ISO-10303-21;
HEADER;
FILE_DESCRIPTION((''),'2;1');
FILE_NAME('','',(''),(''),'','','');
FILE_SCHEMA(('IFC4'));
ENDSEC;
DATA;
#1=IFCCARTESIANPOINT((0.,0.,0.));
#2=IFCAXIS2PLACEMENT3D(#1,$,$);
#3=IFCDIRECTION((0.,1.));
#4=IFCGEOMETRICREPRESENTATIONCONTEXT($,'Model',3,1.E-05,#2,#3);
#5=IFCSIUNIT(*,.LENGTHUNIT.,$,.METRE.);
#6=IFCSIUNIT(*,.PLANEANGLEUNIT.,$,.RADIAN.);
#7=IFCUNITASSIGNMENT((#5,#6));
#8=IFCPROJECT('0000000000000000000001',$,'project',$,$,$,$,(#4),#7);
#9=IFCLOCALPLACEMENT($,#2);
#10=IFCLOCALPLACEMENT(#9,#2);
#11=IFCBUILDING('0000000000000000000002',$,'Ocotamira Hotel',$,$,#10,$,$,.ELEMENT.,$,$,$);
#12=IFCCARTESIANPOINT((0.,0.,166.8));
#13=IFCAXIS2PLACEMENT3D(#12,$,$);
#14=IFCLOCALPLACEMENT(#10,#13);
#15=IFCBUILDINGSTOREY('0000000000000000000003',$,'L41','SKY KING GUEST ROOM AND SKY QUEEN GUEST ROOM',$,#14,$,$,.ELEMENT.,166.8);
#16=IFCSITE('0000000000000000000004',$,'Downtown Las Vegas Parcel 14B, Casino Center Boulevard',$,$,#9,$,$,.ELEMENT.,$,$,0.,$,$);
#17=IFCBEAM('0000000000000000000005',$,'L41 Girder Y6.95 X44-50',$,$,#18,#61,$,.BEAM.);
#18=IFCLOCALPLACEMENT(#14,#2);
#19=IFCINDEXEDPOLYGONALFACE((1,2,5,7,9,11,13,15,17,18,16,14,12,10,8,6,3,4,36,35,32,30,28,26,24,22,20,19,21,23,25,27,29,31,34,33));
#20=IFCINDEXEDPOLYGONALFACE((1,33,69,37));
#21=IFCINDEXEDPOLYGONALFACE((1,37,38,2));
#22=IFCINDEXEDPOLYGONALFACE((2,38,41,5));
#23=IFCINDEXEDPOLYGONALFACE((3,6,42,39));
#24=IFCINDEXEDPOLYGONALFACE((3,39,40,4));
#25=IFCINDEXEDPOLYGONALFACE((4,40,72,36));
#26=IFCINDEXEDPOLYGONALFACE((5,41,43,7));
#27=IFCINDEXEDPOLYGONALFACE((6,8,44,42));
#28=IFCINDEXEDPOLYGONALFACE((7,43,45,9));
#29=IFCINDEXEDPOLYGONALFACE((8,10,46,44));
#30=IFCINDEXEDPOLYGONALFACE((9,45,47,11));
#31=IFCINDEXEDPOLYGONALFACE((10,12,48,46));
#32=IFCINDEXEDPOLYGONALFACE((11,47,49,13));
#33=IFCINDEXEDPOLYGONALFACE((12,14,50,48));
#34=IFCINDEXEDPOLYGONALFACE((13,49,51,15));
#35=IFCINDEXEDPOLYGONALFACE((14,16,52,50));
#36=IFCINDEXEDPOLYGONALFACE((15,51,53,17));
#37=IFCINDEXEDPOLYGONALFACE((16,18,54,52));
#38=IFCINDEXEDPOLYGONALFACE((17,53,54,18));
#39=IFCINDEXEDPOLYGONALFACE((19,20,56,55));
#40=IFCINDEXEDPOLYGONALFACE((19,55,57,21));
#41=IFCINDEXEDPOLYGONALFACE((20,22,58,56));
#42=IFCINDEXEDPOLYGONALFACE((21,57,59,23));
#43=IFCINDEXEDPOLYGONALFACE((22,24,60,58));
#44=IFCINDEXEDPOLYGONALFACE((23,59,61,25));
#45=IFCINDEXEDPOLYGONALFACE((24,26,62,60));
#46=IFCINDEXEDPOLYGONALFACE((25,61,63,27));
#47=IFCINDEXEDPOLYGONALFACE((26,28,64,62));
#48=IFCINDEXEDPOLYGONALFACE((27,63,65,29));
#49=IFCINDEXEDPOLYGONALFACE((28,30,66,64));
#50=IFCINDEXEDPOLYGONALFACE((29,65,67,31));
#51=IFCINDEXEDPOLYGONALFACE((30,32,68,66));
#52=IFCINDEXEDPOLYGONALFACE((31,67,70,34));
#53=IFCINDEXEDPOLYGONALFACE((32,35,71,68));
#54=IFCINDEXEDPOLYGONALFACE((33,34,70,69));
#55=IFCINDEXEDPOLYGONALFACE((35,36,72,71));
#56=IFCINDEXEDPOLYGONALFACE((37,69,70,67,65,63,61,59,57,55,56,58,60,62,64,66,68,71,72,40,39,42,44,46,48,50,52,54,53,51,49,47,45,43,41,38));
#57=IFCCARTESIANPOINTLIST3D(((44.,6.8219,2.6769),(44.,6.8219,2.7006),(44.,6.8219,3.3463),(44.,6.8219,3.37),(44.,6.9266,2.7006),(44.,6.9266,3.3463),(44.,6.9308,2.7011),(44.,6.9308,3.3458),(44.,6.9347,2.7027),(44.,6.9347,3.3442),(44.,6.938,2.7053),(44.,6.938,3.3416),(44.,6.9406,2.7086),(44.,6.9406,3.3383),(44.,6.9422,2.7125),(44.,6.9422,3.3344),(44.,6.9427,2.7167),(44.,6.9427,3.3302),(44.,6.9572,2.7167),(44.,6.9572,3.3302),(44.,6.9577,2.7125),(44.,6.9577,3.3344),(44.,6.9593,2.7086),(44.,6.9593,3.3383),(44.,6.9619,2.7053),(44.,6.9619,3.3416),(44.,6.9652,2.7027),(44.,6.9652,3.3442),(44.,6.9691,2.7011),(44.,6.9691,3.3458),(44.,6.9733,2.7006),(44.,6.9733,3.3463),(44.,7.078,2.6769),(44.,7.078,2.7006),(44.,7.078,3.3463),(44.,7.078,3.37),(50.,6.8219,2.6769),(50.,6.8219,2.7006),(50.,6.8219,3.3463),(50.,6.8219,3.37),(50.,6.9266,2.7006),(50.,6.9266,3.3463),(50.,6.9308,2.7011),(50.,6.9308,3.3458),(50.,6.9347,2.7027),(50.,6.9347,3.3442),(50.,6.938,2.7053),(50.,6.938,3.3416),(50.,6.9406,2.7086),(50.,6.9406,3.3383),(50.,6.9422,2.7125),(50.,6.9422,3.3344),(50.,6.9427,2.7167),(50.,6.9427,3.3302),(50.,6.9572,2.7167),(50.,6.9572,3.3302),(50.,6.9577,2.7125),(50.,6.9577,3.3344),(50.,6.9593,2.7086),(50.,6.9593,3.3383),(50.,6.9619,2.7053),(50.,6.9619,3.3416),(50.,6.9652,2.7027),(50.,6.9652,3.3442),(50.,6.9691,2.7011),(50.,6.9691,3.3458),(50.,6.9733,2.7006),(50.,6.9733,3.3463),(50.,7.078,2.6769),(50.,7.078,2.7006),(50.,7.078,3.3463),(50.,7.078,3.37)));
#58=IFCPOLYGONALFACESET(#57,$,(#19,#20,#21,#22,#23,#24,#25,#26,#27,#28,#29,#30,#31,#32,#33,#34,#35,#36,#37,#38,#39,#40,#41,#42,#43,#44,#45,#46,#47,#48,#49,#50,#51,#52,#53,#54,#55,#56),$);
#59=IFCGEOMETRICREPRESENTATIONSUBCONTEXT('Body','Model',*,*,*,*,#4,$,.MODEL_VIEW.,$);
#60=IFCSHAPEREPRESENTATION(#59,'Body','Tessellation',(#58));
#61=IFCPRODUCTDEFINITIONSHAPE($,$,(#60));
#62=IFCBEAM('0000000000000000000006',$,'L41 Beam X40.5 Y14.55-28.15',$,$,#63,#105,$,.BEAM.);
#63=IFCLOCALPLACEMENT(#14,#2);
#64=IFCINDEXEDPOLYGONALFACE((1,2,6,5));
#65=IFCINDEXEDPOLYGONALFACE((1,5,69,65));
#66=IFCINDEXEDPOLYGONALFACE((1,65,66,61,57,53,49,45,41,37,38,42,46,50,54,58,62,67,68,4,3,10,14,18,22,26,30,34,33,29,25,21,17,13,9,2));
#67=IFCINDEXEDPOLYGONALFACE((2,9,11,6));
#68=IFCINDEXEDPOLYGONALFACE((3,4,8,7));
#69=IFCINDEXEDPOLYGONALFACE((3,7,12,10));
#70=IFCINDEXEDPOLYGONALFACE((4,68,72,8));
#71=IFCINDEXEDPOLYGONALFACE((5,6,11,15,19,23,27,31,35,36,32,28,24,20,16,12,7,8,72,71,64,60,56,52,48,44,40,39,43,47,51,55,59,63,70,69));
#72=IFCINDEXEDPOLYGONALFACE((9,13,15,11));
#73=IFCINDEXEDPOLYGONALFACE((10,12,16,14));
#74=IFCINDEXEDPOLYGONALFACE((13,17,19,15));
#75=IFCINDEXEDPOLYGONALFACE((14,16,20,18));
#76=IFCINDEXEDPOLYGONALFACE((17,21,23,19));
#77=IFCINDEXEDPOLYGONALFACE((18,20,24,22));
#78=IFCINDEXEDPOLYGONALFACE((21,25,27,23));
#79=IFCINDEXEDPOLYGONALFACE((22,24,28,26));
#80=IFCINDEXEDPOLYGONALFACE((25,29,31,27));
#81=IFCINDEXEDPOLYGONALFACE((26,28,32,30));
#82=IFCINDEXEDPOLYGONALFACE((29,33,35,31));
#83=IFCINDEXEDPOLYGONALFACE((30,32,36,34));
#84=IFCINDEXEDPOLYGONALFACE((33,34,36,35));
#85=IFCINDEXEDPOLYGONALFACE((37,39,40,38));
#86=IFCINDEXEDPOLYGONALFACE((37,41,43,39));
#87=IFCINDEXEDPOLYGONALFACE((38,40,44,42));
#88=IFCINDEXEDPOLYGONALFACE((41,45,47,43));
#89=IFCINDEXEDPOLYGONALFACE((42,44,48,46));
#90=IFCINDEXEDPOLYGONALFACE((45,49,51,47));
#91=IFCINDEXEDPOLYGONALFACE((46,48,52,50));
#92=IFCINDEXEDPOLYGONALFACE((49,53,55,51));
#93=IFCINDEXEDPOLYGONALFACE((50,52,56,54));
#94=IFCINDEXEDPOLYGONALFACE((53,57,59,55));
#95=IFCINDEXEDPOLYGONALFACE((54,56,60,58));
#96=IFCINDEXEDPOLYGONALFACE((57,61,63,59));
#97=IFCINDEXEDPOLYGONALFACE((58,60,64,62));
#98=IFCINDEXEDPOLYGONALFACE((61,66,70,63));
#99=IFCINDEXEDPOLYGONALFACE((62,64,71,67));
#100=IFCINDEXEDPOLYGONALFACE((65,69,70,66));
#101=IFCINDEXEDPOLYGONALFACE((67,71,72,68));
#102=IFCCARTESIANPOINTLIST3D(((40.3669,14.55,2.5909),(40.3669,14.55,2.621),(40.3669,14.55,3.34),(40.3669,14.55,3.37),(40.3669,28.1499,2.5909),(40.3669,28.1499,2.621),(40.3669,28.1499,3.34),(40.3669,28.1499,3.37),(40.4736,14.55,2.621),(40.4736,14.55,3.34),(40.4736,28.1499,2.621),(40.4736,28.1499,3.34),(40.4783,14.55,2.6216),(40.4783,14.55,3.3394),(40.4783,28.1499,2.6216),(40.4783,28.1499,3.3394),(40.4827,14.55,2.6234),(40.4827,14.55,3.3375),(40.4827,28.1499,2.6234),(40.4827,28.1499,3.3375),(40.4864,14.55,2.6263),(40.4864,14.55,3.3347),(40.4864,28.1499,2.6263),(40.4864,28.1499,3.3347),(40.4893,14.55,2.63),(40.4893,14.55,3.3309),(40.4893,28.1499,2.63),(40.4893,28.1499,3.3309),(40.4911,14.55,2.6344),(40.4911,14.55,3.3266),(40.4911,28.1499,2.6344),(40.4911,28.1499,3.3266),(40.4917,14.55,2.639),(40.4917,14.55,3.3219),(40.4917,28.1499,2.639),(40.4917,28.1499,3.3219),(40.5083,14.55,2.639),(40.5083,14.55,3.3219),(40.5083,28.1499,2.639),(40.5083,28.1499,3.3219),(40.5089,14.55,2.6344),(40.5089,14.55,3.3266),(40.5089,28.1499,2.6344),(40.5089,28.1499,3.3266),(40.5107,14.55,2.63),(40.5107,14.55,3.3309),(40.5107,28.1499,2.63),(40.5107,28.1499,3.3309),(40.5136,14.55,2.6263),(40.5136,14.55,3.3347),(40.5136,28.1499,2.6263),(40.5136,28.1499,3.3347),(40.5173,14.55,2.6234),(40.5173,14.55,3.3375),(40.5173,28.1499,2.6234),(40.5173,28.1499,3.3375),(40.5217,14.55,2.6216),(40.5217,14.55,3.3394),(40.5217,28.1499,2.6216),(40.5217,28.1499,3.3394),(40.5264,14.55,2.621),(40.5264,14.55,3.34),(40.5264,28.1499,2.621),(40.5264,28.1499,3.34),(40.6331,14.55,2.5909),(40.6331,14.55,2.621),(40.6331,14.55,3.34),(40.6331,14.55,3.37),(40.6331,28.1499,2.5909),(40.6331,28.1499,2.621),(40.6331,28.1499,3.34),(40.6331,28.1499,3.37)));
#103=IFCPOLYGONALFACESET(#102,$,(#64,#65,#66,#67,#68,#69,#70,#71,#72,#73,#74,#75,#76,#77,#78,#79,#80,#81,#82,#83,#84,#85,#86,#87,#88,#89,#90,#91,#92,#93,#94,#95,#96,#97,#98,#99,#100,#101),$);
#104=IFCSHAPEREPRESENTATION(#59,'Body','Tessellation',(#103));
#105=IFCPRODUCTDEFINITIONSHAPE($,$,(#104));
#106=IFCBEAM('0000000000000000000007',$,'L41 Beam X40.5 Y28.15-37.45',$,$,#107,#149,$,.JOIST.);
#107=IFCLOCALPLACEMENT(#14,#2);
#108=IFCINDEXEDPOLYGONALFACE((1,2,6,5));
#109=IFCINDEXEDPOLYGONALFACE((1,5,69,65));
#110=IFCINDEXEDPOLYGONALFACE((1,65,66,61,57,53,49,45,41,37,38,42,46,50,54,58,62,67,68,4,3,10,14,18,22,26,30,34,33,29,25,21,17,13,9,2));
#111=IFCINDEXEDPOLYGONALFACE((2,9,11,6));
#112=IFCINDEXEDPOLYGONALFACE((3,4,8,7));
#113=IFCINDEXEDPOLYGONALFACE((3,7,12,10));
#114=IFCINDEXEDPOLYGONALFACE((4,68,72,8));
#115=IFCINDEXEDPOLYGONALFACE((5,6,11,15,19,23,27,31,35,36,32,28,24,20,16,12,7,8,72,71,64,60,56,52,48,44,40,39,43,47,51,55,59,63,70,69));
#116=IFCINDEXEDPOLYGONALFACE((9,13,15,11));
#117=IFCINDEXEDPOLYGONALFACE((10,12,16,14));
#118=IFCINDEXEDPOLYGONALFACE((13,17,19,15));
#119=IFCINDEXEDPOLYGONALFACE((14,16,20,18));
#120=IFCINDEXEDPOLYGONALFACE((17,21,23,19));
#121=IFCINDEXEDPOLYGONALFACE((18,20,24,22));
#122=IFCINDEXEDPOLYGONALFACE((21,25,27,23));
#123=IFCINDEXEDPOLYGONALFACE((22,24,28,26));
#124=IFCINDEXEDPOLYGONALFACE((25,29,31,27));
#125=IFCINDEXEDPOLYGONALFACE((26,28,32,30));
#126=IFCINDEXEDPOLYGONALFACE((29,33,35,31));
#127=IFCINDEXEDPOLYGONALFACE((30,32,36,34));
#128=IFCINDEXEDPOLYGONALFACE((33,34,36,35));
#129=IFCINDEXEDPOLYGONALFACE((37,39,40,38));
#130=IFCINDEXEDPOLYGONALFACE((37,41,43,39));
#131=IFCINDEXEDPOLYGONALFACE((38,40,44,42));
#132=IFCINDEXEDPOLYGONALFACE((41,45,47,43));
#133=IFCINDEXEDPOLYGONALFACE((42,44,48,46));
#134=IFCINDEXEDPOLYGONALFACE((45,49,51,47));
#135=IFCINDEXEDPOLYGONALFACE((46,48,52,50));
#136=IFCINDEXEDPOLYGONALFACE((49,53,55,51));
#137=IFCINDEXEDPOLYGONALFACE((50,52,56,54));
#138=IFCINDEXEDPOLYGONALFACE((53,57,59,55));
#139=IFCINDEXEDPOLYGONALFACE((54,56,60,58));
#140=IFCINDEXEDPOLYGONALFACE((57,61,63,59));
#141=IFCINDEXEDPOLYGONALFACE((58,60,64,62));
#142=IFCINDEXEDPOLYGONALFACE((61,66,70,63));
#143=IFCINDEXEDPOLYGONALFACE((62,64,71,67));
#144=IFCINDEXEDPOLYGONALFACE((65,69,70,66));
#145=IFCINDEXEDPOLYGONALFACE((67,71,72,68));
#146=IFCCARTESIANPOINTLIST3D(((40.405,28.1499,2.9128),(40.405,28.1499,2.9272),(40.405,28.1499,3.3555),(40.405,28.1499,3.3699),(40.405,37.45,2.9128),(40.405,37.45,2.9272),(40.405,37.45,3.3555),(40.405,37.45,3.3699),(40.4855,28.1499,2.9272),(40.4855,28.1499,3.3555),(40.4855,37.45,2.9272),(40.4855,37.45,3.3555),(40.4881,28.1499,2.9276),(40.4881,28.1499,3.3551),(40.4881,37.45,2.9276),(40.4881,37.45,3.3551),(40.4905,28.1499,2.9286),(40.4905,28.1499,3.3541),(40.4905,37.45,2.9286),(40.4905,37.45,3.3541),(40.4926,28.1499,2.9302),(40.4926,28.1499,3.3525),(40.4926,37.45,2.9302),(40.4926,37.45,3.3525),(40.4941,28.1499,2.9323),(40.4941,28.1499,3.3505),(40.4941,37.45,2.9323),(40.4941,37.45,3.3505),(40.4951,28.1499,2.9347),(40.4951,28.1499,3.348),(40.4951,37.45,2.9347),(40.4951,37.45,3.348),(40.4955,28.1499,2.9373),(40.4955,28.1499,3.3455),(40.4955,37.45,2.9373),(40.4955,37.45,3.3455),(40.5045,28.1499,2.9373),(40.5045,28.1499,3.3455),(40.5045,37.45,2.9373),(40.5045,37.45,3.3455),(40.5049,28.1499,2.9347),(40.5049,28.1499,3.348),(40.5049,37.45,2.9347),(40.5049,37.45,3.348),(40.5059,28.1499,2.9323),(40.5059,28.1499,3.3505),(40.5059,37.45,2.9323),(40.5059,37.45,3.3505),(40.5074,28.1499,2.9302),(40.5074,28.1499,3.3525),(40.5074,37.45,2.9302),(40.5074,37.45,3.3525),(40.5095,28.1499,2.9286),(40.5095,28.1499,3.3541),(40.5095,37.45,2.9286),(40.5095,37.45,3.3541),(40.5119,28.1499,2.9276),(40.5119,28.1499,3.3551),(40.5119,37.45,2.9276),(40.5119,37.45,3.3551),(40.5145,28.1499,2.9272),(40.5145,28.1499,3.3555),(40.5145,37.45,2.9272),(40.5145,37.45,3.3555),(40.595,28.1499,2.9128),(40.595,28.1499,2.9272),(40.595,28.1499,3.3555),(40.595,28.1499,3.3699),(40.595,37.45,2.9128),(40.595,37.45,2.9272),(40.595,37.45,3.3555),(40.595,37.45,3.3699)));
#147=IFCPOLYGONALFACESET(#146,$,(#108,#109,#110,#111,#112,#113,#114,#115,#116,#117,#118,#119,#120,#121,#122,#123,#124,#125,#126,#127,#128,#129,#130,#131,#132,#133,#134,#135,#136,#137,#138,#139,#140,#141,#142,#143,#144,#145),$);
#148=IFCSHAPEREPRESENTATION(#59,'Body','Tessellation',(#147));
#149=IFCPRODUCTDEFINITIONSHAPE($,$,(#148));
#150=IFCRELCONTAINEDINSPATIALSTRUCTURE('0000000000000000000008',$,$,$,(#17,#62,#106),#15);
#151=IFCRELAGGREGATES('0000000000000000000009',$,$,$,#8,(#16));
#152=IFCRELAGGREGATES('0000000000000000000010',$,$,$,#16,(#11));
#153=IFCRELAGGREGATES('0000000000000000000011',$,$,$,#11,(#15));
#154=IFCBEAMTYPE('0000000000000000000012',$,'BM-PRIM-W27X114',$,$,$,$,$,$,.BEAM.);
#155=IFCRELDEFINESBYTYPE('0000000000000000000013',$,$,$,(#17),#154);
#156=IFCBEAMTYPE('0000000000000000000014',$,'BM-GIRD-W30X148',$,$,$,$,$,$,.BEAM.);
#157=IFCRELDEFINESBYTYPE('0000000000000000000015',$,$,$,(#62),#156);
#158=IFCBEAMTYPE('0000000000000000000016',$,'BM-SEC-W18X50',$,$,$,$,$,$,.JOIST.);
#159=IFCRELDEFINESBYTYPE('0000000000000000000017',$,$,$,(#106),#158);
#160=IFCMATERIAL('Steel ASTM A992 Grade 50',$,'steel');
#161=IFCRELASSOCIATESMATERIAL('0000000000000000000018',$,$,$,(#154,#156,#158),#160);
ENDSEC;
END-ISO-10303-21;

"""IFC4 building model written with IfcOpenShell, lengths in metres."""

from ifc_helpers import new_model, si_unit, direction, frame, origin, origin_2d, place, context, subcontext, project, spatial, i_section, extrude, source, transform, mapped, material, material_profile, profile_set, type_object, element, save


model = new_model("IFC4")

# Units and contexts
model_context = context("Model", 3, precision=1e-05, world=origin(), true_north=direction((0.0, 1.0)))
body_context = subcontext(model_context, "Body", "Model", "MODEL_VIEW")
ifc_project = project(units=[si_unit("LENGTHUNIT", "METRE"), si_unit("PLANEANGLEUNIT", "RADIAN")], contexts=[model_context])

# Site, building, storey
site_placement = place(None, origin())
site = spatial("IfcSite", under=ifc_project, at=site_placement, Name="Downtown Las Vegas Parcel 14B, Casino Center Boulevard", CompositionType="ELEMENT", RefElevation=0.0)
building_placement = place(site_placement, origin())
building = spatial("IfcBuilding", under=site, at=building_placement, Name="Ocotamira Hotel", CompositionType="ELEMENT")
storey_placement = place(building_placement, frame((0.0, 0.0, 166.8)))
storey = spatial("IfcBuildingStorey", under=building, at=storey_placement, Name="L41", Description="SKY KING GUEST ROOM AND SKY QUEEN GUEST ROOM", CompositionType="ELEMENT", Elevation=166.8)

# Beams
ifc_material_1 = material(Name="Steel ASTM A992 Grade 50", Category="steel")
ifc_material_profile_1 = material_profile(ifc_material_1, i_section(OverallWidth=0.2561, OverallDepth=0.6931, WebThickness=0.0144, FlangeThickness=0.0237, FilletRadius=0.0161, at=origin_2d()), Name="W27X114")
ifc_profile_set_1 = profile_set([ifc_material_profile_1], Name="Steel ASTM A992 Grade 50")
beam_type_1 = type_object("IfcBeamType", Name="BM-PRIM-W27X114", PredefinedType="BEAM", material=ifc_profile_set_1)
shared_shape_1 = source(origin(), body_context, "Body", "SweptSolid", [
    extrude(i_section(OverallWidth=0.2561, OverallDepth=0.6931, WebThickness=0.0144, FlangeThickness=0.0237, FilletRadius=0.0161, at=origin_2d()), origin(), (0.0, 0.0, 1.0), 6.0),
])
beam_1_placement = place(storey_placement, frame((44.0, 6.95, 3.0234), z_axis=(1.0, 0.0, 0.0), x_axis=(0.0, 1.0, 0.0)))
element("IfcBeam", 1, at=beam_1_placement, inside=storey, type_object=beam_type_1, Name="L41 Girder Y6.95 X44-50", PredefinedType="BEAM", context=body_context, shape_type="MappedRepresentation", body=[
    mapped(shared_shape_1, transform((0.0, 0.0, 0.0), scale=1.0)),
])
ifc_material_profile_2 = material_profile(ifc_material_1, i_section(OverallWidth=0.2661, OverallDepth=0.7791, WebThickness=0.0166, FlangeThickness=0.03, FilletRadius=0.0181, at=origin_2d()), Name="W30X148")
ifc_profile_set_2 = profile_set([ifc_material_profile_2], Name="Steel ASTM A992 Grade 50")
beam_type_2 = type_object("IfcBeamType", Name="BM-GIRD-W30X148", PredefinedType="BEAM", material=ifc_profile_set_2)
shared_shape_2 = source(origin(), body_context, "Body", "SweptSolid", [
    extrude(i_section(OverallWidth=0.2661, OverallDepth=0.7791, WebThickness=0.0166, FlangeThickness=0.03, FilletRadius=0.0181, at=origin_2d()), origin(), (0.0, 0.0, 1.0), 13.5999),
])
beam_2_placement = place(storey_placement, frame((40.5, 14.55, 2.9805), z_axis=(0.0, 1.0, 0.0), x_axis=(-1.0, 0.0, 0.0)))
element("IfcBeam", 2, at=beam_2_placement, inside=storey, type_object=beam_type_2, Name="L41 Beam X40.5 Y14.55-28.15", PredefinedType="BEAM", context=body_context, shape_type="MappedRepresentation", body=[
    mapped(shared_shape_2, transform((0.0, 0.0, 0.0), scale=1.0)),
])
ifc_material_profile_3 = material_profile(ifc_material_1, i_section(OverallWidth=0.1899, OverallDepth=0.457, WebThickness=0.009, FlangeThickness=0.0144, FilletRadius=0.01, at=origin_2d()), Name="W18X50")
ifc_profile_set_3 = profile_set([ifc_material_profile_3], Name="Steel ASTM A992 Grade 50")
beam_type_3 = type_object("IfcBeamType", Name="BM-SEC-W18X50", PredefinedType="JOIST", material=ifc_profile_set_3)
shared_shape_3 = source(origin(), body_context, "Body", "SweptSolid", [
    extrude(i_section(OverallWidth=0.1899, OverallDepth=0.457, WebThickness=0.009, FlangeThickness=0.0144, FilletRadius=0.01, at=origin_2d()), origin(), (0.0, 0.0, 1.0), 9.3),
])
beam_3_placement = place(storey_placement, frame((40.5, 28.1499, 3.1414), z_axis=(0.0, 1.0, 0.0), x_axis=(-1.0, 0.0, 0.0)))
element("IfcBeam", 3, at=beam_3_placement, inside=storey, type_object=beam_type_3, Name="L41 Beam X40.5 Y28.15-37.45", PredefinedType="JOIST", context=body_context, shape_type="MappedRepresentation", body=[
    mapped(shared_shape_3, transform((0.0, 0.0, 0.0), scale=1.0)),
])

save(model, "model.ifc")
